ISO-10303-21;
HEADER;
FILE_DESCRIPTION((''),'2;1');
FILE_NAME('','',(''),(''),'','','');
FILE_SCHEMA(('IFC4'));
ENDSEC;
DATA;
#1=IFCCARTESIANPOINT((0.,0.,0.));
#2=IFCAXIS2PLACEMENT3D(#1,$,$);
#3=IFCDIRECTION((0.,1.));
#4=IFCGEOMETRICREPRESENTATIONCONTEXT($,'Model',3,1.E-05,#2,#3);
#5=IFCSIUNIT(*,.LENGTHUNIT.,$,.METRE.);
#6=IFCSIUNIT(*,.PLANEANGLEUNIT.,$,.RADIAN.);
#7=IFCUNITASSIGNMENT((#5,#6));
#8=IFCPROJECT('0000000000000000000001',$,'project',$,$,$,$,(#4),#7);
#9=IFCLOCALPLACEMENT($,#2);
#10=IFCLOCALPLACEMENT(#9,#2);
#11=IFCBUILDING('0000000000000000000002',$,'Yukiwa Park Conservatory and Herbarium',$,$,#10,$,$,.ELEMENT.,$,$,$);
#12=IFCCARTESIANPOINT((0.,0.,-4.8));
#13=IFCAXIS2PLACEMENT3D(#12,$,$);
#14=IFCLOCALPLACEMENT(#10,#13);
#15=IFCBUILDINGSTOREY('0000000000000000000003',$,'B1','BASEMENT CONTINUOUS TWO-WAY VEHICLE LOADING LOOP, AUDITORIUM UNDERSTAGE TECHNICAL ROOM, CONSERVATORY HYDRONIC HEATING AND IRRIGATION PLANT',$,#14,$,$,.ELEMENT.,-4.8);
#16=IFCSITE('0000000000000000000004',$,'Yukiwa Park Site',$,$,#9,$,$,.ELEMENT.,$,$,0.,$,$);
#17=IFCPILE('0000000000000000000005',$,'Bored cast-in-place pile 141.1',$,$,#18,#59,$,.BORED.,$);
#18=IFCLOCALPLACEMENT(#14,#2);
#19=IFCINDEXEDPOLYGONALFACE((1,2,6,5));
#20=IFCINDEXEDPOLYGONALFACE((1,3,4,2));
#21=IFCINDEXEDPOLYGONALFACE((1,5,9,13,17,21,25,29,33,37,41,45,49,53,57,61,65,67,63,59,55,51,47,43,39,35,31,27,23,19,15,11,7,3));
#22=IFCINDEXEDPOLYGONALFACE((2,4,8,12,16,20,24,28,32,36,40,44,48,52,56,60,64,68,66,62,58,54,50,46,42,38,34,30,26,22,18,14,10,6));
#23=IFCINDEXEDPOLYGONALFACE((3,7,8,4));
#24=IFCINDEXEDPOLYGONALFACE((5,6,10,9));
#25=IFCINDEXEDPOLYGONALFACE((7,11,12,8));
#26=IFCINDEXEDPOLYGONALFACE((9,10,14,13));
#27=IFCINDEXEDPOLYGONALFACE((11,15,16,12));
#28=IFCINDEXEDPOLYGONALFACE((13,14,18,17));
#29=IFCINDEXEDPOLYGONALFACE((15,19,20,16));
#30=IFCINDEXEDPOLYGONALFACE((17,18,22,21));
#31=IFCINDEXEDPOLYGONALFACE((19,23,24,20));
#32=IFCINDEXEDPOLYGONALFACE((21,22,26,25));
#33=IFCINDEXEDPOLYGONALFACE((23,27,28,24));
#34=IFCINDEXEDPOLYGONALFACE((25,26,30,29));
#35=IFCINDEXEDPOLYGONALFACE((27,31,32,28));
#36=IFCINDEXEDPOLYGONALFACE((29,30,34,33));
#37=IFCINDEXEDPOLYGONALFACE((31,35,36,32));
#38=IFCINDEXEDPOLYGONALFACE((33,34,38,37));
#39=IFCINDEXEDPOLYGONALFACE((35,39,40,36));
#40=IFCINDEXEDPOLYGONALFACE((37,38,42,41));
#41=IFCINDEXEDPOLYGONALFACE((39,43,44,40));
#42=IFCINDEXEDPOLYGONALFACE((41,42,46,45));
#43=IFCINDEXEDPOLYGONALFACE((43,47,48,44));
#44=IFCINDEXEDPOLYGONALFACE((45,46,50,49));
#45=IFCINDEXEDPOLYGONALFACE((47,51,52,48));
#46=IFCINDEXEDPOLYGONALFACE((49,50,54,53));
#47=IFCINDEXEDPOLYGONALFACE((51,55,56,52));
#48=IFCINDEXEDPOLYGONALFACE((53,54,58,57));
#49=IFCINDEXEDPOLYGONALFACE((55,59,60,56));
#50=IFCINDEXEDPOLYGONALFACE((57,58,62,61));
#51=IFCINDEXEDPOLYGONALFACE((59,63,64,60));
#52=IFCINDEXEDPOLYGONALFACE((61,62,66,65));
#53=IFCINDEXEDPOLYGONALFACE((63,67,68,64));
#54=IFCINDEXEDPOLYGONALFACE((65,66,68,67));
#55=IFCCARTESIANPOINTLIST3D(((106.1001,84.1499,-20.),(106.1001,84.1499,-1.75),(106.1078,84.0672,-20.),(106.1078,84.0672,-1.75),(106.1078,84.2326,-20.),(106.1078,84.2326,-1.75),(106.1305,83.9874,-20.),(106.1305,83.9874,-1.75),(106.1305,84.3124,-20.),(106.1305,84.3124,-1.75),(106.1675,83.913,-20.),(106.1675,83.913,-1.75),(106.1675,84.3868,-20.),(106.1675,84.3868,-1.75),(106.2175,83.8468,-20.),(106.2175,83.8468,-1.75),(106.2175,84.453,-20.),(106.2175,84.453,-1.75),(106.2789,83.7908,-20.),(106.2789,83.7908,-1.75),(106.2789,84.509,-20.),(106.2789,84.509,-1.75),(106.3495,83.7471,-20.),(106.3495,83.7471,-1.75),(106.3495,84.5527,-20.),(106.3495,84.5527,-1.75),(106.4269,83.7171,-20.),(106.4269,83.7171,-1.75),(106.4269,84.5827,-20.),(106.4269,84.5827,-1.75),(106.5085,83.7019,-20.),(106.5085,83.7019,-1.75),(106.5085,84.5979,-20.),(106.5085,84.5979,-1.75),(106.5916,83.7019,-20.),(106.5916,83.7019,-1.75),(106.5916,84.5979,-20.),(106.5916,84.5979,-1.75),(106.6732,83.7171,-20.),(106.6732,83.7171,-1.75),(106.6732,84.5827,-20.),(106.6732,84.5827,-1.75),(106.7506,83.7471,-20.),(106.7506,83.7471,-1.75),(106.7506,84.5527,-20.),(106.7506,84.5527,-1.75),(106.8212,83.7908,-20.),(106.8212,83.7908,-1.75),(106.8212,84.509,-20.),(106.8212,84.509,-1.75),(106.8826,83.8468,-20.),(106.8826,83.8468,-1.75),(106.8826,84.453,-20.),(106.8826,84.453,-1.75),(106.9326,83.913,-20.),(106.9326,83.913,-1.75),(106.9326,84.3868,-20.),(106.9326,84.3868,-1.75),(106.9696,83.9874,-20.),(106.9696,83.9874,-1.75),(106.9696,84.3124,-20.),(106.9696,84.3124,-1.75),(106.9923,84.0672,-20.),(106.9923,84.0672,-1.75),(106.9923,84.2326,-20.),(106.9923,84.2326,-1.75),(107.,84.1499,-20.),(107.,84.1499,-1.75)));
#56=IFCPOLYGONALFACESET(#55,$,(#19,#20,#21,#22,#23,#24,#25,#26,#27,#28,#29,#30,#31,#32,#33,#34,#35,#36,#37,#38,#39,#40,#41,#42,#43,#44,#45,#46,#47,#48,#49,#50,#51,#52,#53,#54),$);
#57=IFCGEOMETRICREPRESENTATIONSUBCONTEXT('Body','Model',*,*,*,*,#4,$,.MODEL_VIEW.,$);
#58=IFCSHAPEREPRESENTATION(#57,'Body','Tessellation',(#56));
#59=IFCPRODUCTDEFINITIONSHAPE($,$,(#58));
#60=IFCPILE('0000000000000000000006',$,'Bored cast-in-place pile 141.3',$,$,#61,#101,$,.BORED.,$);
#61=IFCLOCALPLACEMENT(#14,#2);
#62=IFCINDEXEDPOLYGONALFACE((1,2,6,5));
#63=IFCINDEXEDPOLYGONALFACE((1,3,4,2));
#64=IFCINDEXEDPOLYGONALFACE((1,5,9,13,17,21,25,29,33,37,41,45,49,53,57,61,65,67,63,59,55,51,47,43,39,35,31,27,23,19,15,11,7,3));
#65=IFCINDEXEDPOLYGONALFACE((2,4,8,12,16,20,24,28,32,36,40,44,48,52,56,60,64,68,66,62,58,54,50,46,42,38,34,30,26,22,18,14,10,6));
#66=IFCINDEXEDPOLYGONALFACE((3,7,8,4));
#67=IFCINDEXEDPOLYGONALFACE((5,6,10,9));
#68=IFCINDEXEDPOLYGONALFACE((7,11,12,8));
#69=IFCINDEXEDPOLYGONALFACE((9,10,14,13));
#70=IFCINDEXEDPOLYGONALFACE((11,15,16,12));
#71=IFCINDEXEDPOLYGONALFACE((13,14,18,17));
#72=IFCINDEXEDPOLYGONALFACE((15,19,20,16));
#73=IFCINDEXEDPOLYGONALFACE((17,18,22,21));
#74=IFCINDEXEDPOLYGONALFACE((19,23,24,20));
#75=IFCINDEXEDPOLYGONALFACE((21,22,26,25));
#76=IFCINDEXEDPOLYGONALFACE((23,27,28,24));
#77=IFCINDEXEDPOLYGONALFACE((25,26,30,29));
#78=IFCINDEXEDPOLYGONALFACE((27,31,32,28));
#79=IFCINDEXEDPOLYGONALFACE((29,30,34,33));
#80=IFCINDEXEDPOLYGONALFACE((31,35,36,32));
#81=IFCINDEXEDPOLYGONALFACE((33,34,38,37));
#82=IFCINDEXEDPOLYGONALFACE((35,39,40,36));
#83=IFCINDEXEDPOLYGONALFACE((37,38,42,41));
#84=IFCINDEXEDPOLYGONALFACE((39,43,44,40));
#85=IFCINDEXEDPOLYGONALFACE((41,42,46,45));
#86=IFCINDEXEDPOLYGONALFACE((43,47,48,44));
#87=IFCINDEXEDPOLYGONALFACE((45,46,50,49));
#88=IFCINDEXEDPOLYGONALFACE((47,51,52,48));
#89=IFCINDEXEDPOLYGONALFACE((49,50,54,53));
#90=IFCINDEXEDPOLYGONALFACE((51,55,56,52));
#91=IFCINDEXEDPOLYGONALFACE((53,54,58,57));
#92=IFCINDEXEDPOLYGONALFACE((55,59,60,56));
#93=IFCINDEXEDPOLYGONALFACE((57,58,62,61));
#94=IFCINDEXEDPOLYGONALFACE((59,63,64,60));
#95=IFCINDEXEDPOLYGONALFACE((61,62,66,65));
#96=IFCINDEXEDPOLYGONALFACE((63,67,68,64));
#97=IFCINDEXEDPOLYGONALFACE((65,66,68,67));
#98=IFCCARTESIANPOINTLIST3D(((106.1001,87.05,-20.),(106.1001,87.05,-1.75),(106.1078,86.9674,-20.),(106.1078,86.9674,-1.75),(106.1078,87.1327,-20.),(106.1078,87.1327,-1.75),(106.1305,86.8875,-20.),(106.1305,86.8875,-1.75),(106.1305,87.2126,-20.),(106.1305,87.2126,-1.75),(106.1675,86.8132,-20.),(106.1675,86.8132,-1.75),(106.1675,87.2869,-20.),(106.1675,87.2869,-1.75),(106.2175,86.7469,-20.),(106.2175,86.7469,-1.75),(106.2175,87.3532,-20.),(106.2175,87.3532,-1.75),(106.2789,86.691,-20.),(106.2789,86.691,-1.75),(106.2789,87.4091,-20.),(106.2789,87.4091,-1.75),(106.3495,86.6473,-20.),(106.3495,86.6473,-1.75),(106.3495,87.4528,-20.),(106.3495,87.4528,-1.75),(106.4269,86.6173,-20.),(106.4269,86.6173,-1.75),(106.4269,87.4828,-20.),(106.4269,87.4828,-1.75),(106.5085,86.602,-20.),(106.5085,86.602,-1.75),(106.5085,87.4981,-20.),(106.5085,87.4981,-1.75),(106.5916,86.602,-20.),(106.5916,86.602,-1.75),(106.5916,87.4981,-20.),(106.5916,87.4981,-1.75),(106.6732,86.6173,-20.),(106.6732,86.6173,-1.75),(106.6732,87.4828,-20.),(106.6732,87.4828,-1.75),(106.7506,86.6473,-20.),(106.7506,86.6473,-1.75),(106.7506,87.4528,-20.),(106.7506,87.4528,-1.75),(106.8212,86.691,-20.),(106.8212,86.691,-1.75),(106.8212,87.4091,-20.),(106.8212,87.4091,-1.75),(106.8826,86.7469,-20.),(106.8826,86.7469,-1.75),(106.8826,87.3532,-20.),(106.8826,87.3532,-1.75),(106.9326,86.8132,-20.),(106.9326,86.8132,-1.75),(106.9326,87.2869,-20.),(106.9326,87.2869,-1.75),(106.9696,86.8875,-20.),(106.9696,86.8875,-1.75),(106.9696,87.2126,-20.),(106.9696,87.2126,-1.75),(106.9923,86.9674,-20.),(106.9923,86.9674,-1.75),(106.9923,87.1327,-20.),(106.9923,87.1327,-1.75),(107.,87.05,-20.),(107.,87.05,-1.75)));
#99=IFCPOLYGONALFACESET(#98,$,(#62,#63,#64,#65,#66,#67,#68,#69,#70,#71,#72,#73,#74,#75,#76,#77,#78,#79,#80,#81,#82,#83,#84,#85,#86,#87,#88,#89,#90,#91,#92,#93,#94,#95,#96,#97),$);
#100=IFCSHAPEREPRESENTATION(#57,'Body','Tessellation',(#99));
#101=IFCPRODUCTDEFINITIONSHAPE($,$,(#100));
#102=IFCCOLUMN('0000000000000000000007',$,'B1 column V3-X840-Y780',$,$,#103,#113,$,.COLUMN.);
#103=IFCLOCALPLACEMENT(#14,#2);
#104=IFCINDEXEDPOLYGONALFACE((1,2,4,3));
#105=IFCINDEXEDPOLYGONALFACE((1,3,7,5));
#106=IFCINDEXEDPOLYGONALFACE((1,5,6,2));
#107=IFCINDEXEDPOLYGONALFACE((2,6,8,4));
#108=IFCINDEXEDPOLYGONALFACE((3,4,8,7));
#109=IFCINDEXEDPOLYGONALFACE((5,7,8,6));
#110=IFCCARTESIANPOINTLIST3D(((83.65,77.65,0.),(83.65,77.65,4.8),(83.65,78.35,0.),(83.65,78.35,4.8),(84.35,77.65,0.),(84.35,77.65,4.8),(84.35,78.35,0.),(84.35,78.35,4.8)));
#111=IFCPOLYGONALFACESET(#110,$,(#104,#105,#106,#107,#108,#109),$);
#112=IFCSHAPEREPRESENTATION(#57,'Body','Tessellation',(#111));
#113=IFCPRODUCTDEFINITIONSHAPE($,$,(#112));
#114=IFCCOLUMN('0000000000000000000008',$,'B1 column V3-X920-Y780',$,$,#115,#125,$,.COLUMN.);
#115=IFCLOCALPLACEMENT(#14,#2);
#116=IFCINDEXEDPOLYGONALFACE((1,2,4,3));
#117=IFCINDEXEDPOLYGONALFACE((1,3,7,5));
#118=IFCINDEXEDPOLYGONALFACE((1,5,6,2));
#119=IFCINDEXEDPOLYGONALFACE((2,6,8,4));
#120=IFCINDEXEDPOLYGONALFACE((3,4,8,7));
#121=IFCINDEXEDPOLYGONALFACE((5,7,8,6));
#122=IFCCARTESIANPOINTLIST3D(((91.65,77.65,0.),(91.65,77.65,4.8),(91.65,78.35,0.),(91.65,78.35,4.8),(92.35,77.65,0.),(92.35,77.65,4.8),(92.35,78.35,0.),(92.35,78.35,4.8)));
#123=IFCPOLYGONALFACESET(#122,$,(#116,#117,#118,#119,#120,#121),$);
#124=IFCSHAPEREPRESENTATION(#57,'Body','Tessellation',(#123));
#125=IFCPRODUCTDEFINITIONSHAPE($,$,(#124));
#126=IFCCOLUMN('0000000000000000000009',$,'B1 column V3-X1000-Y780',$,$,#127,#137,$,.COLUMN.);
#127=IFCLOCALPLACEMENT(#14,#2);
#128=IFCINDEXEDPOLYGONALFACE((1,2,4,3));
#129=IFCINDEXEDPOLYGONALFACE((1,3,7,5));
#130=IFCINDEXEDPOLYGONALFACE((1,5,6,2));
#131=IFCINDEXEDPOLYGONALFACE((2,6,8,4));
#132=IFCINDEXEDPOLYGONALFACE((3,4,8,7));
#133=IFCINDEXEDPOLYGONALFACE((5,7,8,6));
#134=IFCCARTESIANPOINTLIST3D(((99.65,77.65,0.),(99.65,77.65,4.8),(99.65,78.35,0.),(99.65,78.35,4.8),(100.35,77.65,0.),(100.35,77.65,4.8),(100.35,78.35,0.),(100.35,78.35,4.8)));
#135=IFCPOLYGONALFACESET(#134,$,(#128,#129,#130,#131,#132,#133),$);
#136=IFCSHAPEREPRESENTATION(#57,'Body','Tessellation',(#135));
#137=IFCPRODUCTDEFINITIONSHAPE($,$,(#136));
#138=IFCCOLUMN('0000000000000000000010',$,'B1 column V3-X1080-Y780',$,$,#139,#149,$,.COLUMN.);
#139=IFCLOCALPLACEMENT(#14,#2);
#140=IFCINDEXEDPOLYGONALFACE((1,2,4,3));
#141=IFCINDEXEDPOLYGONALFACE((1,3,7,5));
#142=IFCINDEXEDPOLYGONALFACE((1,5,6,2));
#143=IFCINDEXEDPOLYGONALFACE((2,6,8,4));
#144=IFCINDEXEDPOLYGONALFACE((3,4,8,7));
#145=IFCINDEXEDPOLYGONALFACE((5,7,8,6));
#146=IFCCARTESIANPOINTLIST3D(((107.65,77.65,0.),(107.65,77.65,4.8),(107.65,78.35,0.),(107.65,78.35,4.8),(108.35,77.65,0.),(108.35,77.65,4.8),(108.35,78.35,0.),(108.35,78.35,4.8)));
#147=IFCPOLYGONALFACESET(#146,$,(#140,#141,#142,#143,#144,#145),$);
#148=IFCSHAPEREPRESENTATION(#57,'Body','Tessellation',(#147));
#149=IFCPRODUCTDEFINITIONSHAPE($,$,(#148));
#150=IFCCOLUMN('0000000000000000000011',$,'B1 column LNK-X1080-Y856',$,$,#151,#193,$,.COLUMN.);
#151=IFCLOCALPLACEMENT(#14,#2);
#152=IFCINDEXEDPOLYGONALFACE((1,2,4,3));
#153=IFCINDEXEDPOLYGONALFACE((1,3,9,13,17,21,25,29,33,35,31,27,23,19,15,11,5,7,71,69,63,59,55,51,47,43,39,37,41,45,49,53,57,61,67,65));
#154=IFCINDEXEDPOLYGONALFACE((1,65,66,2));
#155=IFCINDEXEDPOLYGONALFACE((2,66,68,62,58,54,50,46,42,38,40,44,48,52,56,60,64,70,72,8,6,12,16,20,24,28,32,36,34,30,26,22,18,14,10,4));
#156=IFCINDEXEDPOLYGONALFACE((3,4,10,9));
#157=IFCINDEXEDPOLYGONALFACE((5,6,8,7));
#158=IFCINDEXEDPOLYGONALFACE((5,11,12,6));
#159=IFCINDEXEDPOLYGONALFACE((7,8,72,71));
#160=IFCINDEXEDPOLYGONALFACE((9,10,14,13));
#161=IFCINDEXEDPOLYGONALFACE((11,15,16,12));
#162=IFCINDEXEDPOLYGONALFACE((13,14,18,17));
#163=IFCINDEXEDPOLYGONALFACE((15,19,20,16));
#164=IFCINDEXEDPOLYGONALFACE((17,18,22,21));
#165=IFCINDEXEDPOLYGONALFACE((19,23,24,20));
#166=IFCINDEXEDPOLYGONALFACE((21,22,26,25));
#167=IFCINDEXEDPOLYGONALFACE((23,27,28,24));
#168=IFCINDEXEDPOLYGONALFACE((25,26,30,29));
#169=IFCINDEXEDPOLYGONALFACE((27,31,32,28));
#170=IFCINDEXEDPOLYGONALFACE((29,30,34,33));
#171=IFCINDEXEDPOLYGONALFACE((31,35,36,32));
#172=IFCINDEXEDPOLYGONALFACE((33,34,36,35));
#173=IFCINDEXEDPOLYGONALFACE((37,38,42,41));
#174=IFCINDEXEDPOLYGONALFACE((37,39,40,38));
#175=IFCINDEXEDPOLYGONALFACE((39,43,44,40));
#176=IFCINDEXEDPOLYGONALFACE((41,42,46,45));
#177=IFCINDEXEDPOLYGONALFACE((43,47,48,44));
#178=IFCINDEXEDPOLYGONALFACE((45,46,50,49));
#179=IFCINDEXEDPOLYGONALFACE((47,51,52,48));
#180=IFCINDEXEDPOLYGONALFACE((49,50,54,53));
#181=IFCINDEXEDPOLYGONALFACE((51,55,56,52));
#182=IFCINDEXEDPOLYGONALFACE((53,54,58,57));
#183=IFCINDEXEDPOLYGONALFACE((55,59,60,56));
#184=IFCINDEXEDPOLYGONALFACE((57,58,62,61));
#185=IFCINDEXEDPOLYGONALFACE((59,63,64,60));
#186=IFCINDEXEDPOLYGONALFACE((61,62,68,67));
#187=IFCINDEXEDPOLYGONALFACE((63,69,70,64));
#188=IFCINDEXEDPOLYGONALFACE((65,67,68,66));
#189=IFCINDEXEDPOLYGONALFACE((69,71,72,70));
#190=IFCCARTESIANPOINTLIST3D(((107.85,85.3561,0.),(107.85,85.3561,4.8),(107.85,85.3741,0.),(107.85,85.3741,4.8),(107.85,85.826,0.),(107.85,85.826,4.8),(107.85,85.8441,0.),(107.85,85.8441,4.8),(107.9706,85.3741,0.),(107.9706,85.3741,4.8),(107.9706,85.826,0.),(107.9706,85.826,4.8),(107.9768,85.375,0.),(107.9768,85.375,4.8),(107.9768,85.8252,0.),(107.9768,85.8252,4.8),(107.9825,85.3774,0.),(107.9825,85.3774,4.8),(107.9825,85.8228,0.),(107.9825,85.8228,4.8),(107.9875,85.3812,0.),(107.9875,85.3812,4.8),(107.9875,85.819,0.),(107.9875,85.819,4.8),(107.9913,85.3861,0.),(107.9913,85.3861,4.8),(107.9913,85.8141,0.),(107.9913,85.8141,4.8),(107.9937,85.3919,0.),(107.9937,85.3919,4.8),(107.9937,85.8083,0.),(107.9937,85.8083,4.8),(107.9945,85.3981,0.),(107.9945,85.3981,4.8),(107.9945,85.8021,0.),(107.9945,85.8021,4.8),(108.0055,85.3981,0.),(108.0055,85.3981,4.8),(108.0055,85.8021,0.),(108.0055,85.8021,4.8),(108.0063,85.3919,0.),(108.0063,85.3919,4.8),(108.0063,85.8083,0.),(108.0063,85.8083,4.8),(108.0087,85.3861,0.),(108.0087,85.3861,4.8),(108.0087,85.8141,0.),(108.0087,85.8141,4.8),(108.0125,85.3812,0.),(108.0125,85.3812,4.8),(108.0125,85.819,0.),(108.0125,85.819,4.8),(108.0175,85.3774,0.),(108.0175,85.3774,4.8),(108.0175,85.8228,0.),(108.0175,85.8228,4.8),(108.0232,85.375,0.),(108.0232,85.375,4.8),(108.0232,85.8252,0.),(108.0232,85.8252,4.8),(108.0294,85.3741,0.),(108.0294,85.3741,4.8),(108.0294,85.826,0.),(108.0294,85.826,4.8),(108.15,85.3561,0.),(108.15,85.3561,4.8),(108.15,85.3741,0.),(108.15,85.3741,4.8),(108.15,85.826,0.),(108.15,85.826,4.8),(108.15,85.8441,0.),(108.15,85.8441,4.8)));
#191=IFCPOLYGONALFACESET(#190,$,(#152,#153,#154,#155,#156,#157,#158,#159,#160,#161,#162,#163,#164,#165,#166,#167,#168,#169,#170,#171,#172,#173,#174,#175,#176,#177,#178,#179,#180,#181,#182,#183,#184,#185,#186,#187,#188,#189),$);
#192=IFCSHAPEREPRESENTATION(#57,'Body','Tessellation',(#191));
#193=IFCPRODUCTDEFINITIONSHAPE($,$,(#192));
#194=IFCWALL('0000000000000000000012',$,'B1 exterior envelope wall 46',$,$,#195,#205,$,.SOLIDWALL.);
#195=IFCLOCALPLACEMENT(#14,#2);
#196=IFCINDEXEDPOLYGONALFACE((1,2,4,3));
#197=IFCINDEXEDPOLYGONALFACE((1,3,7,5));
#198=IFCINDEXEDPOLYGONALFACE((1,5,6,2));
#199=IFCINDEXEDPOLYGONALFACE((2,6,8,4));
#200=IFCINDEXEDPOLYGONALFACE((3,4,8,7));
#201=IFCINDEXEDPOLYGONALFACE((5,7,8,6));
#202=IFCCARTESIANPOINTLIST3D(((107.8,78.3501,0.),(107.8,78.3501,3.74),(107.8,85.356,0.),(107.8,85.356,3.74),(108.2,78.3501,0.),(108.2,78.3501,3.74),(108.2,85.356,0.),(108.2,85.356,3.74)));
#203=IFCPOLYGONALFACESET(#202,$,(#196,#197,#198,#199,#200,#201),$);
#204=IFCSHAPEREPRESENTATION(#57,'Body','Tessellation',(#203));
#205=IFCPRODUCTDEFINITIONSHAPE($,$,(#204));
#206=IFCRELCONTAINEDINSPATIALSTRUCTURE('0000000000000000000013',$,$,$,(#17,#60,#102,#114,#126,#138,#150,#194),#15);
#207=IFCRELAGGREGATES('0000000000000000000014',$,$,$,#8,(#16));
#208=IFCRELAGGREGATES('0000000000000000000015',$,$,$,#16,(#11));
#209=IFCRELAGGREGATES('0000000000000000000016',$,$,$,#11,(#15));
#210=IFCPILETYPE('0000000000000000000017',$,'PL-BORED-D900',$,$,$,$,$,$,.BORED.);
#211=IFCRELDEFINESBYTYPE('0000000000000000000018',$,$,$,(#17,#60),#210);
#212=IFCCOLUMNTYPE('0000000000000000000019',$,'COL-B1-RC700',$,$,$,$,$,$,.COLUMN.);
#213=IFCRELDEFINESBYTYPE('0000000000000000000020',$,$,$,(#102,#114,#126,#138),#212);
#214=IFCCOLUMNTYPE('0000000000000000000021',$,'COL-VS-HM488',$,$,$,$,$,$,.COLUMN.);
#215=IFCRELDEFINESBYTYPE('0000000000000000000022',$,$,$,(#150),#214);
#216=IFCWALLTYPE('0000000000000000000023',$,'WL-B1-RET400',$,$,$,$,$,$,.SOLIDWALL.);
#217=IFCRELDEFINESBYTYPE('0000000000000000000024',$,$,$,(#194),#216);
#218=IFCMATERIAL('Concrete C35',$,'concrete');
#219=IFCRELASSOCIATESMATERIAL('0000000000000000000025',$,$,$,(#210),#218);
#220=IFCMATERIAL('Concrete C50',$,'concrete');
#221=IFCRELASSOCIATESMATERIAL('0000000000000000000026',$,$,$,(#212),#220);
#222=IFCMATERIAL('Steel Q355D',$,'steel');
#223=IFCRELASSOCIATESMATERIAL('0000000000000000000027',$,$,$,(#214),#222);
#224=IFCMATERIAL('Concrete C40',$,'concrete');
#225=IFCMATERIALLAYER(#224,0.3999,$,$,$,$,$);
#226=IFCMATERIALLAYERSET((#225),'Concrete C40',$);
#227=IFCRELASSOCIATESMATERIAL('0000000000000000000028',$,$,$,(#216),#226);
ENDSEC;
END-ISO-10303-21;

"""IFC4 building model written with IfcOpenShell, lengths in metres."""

from ifc_helpers import new_model, si_unit, direction, frame, frame_2d, origin, origin_2d, place, context, subcontext, project, spatial, rectangle, circle, i_section, extrude, material, layer, layer_set, material_profile, profile_set, type_object, element, save


model = new_model("IFC4")

# Units and contexts
model_context = context("Model", 3, precision=1e-05, world=origin(), true_north=direction((0.0, 1.0)))
body_context = subcontext(model_context, "Body", "Model", "MODEL_VIEW")
ifc_project = project(units=[si_unit("LENGTHUNIT", "METRE"), si_unit("PLANEANGLEUNIT", "RADIAN")], contexts=[model_context])

# Site, building, storey
site_placement = place(None, origin())
site = spatial("IfcSite", under=ifc_project, at=site_placement, Name="Yukiwa Park Site", CompositionType="ELEMENT", RefElevation=0.0)
building_placement = place(site_placement, origin())
building = spatial("IfcBuilding", under=site, at=building_placement, Name="Yukiwa Park Conservatory and Herbarium", CompositionType="ELEMENT")
storey_placement = place(building_placement, frame((0.0, 0.0, -4.8)))
storey = spatial("IfcBuildingStorey", under=building, at=storey_placement, Name="B1", Description="BASEMENT CONTINUOUS TWO-WAY VEHICLE LOADING LOOP, AUDITORIUM UNDERSTAGE TECHNICAL ROOM, CONSERVATORY HYDRONIC HEATING AND IRRIGATION PLANT", CompositionType="ELEMENT", Elevation=-4.8)

# Piles
ifc_material_1 = material(Name="Concrete C35", Category="concrete")
ifc_material_profile_1 = material_profile(ifc_material_1, circle(Radius=0.45, at=origin_2d()), Name="PILE D900")
ifc_profile_set_1 = profile_set([ifc_material_profile_1], Name="Concrete C35")
pile_type_1 = type_object("IfcPileType", Name="PL-BORED-D900", PredefinedType="BORED", material=ifc_profile_set_1)
for number, where, z_axis, x_axis, name in (
    (1, (106.55, 84.1499, -1.75), (0.0, 0.0, -1.0), (1.0, 0.0, 0.0), "Bored cast-in-place pile 141.1"),
    (2, (106.55, 87.05, -1.75), (0.0, 0.0, -1.0), (1.0, 0.0, 0.0), "Bored cast-in-place pile 141.3"),
):
    element("IfcPile", number, at=place(storey_placement, frame(where, z_axis=z_axis, x_axis=x_axis)), inside=storey, type_object=pile_type_1, Name=name, PredefinedType="BORED", context=body_context, shape_type="SweptSolid", body=[
        extrude(circle(Radius=0.45, at=origin_2d()), origin(), (0.0, 0.0, 1.0), 18.25),
    ])

# Columns
ifc_material_2 = material(Name="Concrete C50", Category="concrete")
ifc_material_profile_2 = material_profile(ifc_material_2, rectangle(XDim=0.7, YDim=0.7, at=origin_2d()), Name="RC 700x700")
ifc_profile_set_2 = profile_set([ifc_material_profile_2], Name="Concrete C50")
column_type_1 = type_object("IfcColumnType", Name="COL-B1-RC700", PredefinedType="COLUMN", material=ifc_profile_set_2)
for number, where, z_axis, x_axis, name in (
    (3, (84.0, 78.0, 0.0), (0.0, 0.0, 1.0), (1.0, 0.0, 0.0), "B1 column V3-X840-Y780"),
    (4, (92.0, 78.0, 0.0), (0.0, 0.0, 1.0), (1.0, 0.0, 0.0), "B1 column V3-X920-Y780"),
    (5, (100.0, 78.0, 0.0), (0.0, 0.0, 1.0), (1.0, 0.0, 0.0), "B1 column V3-X1000-Y780"),
    (6, (108.0, 78.0, 0.0), (0.0, 0.0, 1.0), (1.0, 0.0, 0.0), "B1 column V3-X1080-Y780"),
):
    element("IfcColumn", number, at=place(storey_placement, frame(where, z_axis=z_axis, x_axis=x_axis)), inside=storey, type_object=column_type_1, Name=name, PredefinedType="COLUMN", context=body_context, shape_type="SweptSolid", body=[
        extrude(rectangle(XDim=0.7, YDim=0.7, at=origin_2d()), origin(), (0.0, 0.0, 1.0), 4.8),
    ])
ifc_material_3 = material(Name="Steel Q355D", Category="steel")
ifc_material_profile_3 = material_profile(ifc_material_3, i_section(OverallWidth=0.3, OverallDepth=0.488, WebThickness=0.011, FlangeThickness=0.0181, FilletRadius=0.0239, at=origin_2d()), Name="HM 488x300x11x18")
ifc_profile_set_3 = profile_set([ifc_material_profile_3], Name="Steel Q355D")
column_type_2 = type_object("IfcColumnType", Name="COL-VS-HM488", PredefinedType="COLUMN", material=ifc_profile_set_3)
column_placement = place(storey_placement, frame((108.0, 85.6001, 0.0), z_axis=(0.0, 0.0, 1.0), x_axis=(1.0, 0.0, 0.0)))
element("IfcColumn", 7, at=column_placement, inside=storey, type_object=column_type_2, Name="B1 column LNK-X1080-Y856", PredefinedType="COLUMN", context=body_context, shape_type="SweptSolid", body=[
    extrude(i_section(OverallWidth=0.3, OverallDepth=0.488, WebThickness=0.011, FlangeThickness=0.0181, FilletRadius=0.0239, at=origin_2d()), origin(), (0.0, 0.0, 1.0), 4.8),
])

# Wall
ifc_material_4 = material(Name="Concrete C40", Category="concrete")
ifc_layer = layer(ifc_material_4, 0.3999)
ifc_layer_set = layer_set([ifc_layer], Name="Concrete C40")
wall_type = type_object("IfcWallType", Name="WL-B1-RET400", PredefinedType="SOLIDWALL", material=ifc_layer_set)
wall_placement = place(storey_placement, frame((108.0, 85.356, 0.0), z_axis=(0.0, 0.0, 1.0), x_axis=(0.0, -1.0, 0.0)))
element("IfcWall", 8, at=wall_placement, inside=storey, type_object=wall_type, Name="B1 exterior envelope wall 46", PredefinedType="SOLIDWALL", context=body_context, shape_type="SweptSolid", body=[
    extrude(rectangle(XDim=7.0059, YDim=0.3999, at=frame_2d((3.5029, 0.0))), origin(), (0.0, 0.0, 1.0), 3.74),
])

save(model, "model.ifc")
